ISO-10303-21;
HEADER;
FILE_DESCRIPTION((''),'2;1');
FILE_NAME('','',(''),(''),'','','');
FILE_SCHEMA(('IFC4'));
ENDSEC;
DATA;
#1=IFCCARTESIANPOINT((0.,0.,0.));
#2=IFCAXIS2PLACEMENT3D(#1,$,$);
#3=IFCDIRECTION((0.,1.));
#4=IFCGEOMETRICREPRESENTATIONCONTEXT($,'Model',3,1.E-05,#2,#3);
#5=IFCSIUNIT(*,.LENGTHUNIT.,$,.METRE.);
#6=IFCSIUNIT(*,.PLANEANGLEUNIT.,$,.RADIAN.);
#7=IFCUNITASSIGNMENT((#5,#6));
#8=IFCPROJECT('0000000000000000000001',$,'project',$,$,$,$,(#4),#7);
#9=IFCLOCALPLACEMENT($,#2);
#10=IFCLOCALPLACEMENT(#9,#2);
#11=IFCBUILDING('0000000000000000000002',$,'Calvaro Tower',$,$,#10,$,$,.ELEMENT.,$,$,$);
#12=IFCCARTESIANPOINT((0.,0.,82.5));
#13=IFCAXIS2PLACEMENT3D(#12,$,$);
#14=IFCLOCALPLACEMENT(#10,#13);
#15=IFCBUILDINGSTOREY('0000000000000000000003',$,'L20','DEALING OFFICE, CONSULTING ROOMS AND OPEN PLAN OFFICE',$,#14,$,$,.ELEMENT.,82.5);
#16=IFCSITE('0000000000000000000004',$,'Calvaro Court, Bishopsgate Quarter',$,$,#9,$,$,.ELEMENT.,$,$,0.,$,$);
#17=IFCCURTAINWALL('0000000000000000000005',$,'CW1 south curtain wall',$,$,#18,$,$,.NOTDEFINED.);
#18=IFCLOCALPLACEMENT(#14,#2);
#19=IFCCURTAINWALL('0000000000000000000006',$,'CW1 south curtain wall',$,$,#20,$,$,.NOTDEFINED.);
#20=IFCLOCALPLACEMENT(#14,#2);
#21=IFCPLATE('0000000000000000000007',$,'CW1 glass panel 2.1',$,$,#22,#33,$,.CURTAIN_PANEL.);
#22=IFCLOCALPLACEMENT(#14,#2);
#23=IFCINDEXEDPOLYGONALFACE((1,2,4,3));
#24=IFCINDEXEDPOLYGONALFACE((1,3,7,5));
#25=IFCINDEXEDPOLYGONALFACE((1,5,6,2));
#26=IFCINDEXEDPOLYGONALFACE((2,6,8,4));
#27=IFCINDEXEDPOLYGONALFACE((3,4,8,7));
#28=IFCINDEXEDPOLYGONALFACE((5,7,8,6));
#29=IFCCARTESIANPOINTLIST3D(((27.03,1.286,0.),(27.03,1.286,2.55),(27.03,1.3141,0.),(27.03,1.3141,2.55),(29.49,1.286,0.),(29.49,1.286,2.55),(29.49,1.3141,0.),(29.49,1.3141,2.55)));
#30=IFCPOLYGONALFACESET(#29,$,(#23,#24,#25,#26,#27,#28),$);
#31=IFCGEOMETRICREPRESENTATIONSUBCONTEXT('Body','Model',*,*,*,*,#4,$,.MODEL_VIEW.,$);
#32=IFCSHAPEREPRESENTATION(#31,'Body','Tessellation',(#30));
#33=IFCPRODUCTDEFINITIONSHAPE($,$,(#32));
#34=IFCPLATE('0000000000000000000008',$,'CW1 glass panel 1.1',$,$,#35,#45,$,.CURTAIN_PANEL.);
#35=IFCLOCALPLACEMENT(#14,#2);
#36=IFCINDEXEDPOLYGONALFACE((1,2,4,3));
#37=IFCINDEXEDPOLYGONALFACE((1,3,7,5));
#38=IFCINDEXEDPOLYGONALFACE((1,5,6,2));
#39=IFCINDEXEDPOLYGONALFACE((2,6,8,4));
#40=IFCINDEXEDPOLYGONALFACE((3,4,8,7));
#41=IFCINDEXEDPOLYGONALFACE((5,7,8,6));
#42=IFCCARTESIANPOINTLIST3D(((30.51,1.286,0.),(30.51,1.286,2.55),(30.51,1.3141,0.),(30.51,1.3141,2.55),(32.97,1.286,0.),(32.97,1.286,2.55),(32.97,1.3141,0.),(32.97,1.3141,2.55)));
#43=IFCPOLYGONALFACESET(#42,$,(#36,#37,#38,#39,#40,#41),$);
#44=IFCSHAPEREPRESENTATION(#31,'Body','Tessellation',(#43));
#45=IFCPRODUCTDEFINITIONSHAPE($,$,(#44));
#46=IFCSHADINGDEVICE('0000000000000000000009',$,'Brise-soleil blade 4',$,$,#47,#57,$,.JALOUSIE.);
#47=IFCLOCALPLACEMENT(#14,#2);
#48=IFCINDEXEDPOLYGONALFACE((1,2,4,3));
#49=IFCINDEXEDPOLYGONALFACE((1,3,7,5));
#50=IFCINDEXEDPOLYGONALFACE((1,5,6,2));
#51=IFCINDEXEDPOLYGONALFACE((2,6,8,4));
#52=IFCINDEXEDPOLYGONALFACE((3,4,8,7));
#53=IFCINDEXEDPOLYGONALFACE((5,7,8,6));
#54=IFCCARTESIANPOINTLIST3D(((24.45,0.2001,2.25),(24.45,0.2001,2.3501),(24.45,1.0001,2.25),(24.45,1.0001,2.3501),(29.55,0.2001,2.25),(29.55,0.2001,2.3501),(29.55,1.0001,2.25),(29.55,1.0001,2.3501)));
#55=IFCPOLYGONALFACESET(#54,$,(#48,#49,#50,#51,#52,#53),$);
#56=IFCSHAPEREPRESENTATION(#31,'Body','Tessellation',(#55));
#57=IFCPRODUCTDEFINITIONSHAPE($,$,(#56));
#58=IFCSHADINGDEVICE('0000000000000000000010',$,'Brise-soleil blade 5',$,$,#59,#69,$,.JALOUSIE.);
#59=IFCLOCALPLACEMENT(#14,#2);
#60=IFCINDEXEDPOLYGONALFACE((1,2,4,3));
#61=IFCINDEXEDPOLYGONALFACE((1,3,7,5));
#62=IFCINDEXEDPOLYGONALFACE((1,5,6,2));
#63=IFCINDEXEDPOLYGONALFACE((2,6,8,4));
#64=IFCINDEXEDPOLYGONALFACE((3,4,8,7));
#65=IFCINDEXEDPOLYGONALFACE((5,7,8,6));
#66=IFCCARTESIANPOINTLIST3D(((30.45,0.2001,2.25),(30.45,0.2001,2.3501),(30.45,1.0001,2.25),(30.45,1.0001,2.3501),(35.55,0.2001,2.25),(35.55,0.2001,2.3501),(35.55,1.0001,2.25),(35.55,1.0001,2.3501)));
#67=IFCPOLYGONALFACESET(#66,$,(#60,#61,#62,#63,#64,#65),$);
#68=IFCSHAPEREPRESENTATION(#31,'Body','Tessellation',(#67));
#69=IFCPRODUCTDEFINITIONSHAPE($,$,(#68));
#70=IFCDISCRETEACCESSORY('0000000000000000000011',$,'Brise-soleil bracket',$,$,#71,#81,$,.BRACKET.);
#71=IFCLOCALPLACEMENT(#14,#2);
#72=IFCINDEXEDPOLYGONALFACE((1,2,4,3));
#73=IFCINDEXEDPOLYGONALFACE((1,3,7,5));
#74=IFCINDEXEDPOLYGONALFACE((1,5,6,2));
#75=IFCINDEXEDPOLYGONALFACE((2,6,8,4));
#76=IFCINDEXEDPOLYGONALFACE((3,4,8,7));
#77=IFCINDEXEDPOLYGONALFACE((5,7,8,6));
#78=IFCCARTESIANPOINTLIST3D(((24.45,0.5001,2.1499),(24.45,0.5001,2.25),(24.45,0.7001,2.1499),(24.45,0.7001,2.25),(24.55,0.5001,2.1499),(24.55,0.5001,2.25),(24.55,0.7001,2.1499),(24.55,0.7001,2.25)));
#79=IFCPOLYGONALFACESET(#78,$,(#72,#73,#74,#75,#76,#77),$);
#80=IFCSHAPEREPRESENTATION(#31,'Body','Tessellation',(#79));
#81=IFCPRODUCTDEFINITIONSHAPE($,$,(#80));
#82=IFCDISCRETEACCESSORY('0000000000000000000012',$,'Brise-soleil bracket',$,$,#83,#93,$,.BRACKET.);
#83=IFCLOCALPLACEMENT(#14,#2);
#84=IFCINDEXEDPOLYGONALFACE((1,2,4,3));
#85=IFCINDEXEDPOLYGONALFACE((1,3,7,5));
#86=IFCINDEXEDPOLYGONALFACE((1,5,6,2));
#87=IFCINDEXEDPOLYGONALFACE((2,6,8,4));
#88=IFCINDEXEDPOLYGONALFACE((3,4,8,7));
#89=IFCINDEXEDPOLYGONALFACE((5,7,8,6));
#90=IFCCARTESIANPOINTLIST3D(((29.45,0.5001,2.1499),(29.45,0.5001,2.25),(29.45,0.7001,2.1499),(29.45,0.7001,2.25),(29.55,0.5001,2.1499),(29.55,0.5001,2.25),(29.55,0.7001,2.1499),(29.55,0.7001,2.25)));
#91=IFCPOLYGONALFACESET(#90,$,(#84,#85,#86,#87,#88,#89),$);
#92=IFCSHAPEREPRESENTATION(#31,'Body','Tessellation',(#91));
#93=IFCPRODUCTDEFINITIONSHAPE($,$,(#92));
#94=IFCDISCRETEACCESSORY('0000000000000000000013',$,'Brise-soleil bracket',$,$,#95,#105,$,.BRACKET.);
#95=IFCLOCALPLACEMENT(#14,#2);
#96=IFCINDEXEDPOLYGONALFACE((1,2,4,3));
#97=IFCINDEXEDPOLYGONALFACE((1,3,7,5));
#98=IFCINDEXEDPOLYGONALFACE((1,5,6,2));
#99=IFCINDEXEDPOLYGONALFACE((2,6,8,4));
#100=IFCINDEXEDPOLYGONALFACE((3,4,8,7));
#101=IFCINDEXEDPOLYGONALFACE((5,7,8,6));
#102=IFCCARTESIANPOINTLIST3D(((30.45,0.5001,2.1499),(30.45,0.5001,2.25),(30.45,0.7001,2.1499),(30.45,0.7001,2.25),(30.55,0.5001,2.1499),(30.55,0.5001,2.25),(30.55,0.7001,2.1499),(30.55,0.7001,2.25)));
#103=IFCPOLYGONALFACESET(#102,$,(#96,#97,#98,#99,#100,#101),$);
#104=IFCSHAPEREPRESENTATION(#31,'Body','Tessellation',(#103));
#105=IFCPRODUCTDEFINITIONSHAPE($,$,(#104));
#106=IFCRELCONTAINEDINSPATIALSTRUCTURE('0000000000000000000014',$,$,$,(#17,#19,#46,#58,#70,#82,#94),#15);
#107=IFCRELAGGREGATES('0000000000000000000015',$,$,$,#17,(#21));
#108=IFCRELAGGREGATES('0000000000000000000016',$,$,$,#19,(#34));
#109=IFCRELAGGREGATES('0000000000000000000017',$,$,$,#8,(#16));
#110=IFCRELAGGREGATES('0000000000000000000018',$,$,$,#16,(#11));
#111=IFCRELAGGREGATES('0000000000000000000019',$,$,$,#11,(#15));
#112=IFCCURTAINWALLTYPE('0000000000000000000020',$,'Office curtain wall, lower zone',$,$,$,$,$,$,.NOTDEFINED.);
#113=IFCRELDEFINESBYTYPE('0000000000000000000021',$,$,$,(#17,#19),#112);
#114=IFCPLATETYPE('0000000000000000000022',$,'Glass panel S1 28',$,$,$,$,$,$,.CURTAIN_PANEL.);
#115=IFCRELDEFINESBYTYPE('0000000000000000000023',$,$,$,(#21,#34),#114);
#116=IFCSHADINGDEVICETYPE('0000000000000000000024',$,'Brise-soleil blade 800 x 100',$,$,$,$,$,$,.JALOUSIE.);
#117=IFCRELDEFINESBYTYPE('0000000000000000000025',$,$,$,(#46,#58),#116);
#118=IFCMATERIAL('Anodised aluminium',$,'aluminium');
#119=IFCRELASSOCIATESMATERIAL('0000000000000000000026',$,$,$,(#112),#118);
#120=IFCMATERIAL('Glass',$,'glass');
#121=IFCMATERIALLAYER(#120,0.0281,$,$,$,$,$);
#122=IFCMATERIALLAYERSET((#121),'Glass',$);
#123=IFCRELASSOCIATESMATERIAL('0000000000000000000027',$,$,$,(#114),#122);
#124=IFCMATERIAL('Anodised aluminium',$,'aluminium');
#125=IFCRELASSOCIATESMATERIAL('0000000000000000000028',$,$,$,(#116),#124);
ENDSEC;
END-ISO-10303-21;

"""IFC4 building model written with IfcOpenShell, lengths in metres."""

from ifc_helpers import new_model, si_unit, direction, frame, origin, origin_2d, place, context, subcontext, project, spatial, rectangle, extrude, material, layer, layer_set, material_profile, profile_set, type_object, element, aggregate, save


model = new_model("IFC4")

# Units and contexts
model_context = context("Model", 3, precision=1e-05, world=origin(), true_north=direction((0.0, 1.0)))
body_context = subcontext(model_context, "Body", "Model", "MODEL_VIEW")
ifc_project = project(units=[si_unit("LENGTHUNIT", "METRE"), si_unit("PLANEANGLEUNIT", "RADIAN")], contexts=[model_context])

# Site, building, storey
site_placement = place(None, origin())
site = spatial("IfcSite", under=ifc_project, at=site_placement, Name="Calvaro Court, Bishopsgate Quarter", CompositionType="ELEMENT", RefElevation=0.0)
building_placement = place(site_placement, origin())
building = spatial("IfcBuilding", under=site, at=building_placement, Name="Calvaro Tower", CompositionType="ELEMENT")
storey_placement = place(building_placement, frame((0.0, 0.0, 82.5)))
storey = spatial("IfcBuildingStorey", under=building, at=storey_placement, Name="L20", Description="DEALING OFFICE, CONSULTING ROOMS AND OPEN PLAN OFFICE", CompositionType="ELEMENT", Elevation=82.5)

# Curtain walls
ifc_material_1 = material(Name="Anodised aluminium", Category="aluminium")
curtain_wall_type = type_object("IfcCurtainWallType", Name="Office curtain wall, lower zone", PredefinedType="NOTDEFINED", material=ifc_material_1)
curtain_wall_1_placement = place(storey_placement, origin())
curtain_wall_1 = element("IfcCurtainWall", 1, at=curtain_wall_1_placement, inside=storey, type_object=curtain_wall_type, Name="CW1 south curtain wall", PredefinedType="NOTDEFINED")
curtain_wall_2_placement = place(storey_placement, origin())
curtain_wall_2 = element("IfcCurtainWall", 2, at=curtain_wall_2_placement, inside=storey, type_object=curtain_wall_type, Name="CW1 south curtain wall", PredefinedType="NOTDEFINED")

# Plates
ifc_material_2 = material(Name="Glass", Category="glass")
ifc_layer = layer(ifc_material_2, 0.0281)
ifc_layer_set = layer_set([ifc_layer], Name="Glass")
plate_type = type_object("IfcPlateType", Name="Glass panel S1 28", PredefinedType="CURTAIN_PANEL", material=ifc_layer_set)
plate_1_placement = place(storey_placement, frame((28.26, 1.3, 0.0), z_axis=(0.0, 0.0, 1.0), x_axis=(1.0, 0.0, 0.0)))
plate_1 = element("IfcPlate", 3, at=plate_1_placement, type_object=plate_type, Name="CW1 glass panel 2.1", PredefinedType="CURTAIN_PANEL", context=body_context, shape_type="SweptSolid", body=[
    extrude(rectangle(XDim=2.46, YDim=0.0281, at=origin_2d()), origin(), (0.0, 0.0, 1.0), 2.55),
])
aggregate(curtain_wall_1, [plate_1])
plate_2_placement = place(storey_placement, frame((31.74, 1.3, 0.0), z_axis=(0.0, 0.0, 1.0), x_axis=(1.0, 0.0, 0.0)))
plate_2 = element("IfcPlate", 4, at=plate_2_placement, type_object=plate_type, Name="CW1 glass panel 1.1", PredefinedType="CURTAIN_PANEL", context=body_context, shape_type="SweptSolid", body=[
    extrude(rectangle(XDim=2.46, YDim=0.0281, at=origin_2d()), origin(), (0.0, 0.0, 1.0), 2.55),
])
aggregate(curtain_wall_2, [plate_2])

# Shading devices
ifc_material_3 = material(Name="Anodised aluminium", Category="aluminium")
ifc_material_profile_1 = material_profile(ifc_material_3, rectangle(XDim=0.8, YDim=0.1001, at=origin_2d()), Name="Brise-soleil blade 800 x 100")
ifc_profile_set_1 = profile_set([ifc_material_profile_1], Name="Anodised aluminium")
shading_device_type = type_object("IfcShadingDeviceType", Name="Brise-soleil blade 800 x 100", PredefinedType="JALOUSIE", material=ifc_profile_set_1)
for number, where, z_axis, x_axis, name in (
    (5, (24.45, 0.6001, 2.3), (1.0, 0.0, 0.0), (0.0, 1.0, 0.0), "Brise-soleil blade 4"),
    (6, (30.45, 0.6001, 2.3), (1.0, 0.0, 0.0), (0.0, 1.0, 0.0), "Brise-soleil blade 5"),
):
    element("IfcShadingDevice", number, at=place(storey_placement, frame(where, z_axis=z_axis, x_axis=x_axis)), inside=storey, type_object=shading_device_type, Name=name, PredefinedType="JALOUSIE", context=body_context, shape_type="SweptSolid", body=[
        extrude(rectangle(XDim=0.8, YDim=0.1001, at=origin_2d()), origin(), (0.0, 0.0, 1.0), 5.1001),
    ])

# Discrete accessories
for number, where, z_axis, x_axis, name in (
    (7, (24.5, 0.6001, 2.1499), (0.0, 0.0, 1.0), (1.0, 0.0, 0.0), "Brise-soleil bracket"),
    (8, (29.5, 0.6001, 2.1499), (0.0, 0.0, 1.0), (1.0, 0.0, 0.0), "Brise-soleil bracket"),
    (9, (30.5, 0.6001, 2.1499), (0.0, 0.0, 1.0), (1.0, 0.0, 0.0), "Brise-soleil bracket"),
):
    element("IfcDiscreteAccessory", number, at=place(storey_placement, frame(where, z_axis=z_axis, x_axis=x_axis)), inside=storey, Name=name, PredefinedType="BRACKET", context=body_context, shape_type="SweptSolid", body=[
        extrude(rectangle(XDim=0.1001, YDim=0.2, at=origin_2d()), origin(), (0.0, 0.0, 1.0), 0.1001),
    ])

save(model, "model.ifc")
